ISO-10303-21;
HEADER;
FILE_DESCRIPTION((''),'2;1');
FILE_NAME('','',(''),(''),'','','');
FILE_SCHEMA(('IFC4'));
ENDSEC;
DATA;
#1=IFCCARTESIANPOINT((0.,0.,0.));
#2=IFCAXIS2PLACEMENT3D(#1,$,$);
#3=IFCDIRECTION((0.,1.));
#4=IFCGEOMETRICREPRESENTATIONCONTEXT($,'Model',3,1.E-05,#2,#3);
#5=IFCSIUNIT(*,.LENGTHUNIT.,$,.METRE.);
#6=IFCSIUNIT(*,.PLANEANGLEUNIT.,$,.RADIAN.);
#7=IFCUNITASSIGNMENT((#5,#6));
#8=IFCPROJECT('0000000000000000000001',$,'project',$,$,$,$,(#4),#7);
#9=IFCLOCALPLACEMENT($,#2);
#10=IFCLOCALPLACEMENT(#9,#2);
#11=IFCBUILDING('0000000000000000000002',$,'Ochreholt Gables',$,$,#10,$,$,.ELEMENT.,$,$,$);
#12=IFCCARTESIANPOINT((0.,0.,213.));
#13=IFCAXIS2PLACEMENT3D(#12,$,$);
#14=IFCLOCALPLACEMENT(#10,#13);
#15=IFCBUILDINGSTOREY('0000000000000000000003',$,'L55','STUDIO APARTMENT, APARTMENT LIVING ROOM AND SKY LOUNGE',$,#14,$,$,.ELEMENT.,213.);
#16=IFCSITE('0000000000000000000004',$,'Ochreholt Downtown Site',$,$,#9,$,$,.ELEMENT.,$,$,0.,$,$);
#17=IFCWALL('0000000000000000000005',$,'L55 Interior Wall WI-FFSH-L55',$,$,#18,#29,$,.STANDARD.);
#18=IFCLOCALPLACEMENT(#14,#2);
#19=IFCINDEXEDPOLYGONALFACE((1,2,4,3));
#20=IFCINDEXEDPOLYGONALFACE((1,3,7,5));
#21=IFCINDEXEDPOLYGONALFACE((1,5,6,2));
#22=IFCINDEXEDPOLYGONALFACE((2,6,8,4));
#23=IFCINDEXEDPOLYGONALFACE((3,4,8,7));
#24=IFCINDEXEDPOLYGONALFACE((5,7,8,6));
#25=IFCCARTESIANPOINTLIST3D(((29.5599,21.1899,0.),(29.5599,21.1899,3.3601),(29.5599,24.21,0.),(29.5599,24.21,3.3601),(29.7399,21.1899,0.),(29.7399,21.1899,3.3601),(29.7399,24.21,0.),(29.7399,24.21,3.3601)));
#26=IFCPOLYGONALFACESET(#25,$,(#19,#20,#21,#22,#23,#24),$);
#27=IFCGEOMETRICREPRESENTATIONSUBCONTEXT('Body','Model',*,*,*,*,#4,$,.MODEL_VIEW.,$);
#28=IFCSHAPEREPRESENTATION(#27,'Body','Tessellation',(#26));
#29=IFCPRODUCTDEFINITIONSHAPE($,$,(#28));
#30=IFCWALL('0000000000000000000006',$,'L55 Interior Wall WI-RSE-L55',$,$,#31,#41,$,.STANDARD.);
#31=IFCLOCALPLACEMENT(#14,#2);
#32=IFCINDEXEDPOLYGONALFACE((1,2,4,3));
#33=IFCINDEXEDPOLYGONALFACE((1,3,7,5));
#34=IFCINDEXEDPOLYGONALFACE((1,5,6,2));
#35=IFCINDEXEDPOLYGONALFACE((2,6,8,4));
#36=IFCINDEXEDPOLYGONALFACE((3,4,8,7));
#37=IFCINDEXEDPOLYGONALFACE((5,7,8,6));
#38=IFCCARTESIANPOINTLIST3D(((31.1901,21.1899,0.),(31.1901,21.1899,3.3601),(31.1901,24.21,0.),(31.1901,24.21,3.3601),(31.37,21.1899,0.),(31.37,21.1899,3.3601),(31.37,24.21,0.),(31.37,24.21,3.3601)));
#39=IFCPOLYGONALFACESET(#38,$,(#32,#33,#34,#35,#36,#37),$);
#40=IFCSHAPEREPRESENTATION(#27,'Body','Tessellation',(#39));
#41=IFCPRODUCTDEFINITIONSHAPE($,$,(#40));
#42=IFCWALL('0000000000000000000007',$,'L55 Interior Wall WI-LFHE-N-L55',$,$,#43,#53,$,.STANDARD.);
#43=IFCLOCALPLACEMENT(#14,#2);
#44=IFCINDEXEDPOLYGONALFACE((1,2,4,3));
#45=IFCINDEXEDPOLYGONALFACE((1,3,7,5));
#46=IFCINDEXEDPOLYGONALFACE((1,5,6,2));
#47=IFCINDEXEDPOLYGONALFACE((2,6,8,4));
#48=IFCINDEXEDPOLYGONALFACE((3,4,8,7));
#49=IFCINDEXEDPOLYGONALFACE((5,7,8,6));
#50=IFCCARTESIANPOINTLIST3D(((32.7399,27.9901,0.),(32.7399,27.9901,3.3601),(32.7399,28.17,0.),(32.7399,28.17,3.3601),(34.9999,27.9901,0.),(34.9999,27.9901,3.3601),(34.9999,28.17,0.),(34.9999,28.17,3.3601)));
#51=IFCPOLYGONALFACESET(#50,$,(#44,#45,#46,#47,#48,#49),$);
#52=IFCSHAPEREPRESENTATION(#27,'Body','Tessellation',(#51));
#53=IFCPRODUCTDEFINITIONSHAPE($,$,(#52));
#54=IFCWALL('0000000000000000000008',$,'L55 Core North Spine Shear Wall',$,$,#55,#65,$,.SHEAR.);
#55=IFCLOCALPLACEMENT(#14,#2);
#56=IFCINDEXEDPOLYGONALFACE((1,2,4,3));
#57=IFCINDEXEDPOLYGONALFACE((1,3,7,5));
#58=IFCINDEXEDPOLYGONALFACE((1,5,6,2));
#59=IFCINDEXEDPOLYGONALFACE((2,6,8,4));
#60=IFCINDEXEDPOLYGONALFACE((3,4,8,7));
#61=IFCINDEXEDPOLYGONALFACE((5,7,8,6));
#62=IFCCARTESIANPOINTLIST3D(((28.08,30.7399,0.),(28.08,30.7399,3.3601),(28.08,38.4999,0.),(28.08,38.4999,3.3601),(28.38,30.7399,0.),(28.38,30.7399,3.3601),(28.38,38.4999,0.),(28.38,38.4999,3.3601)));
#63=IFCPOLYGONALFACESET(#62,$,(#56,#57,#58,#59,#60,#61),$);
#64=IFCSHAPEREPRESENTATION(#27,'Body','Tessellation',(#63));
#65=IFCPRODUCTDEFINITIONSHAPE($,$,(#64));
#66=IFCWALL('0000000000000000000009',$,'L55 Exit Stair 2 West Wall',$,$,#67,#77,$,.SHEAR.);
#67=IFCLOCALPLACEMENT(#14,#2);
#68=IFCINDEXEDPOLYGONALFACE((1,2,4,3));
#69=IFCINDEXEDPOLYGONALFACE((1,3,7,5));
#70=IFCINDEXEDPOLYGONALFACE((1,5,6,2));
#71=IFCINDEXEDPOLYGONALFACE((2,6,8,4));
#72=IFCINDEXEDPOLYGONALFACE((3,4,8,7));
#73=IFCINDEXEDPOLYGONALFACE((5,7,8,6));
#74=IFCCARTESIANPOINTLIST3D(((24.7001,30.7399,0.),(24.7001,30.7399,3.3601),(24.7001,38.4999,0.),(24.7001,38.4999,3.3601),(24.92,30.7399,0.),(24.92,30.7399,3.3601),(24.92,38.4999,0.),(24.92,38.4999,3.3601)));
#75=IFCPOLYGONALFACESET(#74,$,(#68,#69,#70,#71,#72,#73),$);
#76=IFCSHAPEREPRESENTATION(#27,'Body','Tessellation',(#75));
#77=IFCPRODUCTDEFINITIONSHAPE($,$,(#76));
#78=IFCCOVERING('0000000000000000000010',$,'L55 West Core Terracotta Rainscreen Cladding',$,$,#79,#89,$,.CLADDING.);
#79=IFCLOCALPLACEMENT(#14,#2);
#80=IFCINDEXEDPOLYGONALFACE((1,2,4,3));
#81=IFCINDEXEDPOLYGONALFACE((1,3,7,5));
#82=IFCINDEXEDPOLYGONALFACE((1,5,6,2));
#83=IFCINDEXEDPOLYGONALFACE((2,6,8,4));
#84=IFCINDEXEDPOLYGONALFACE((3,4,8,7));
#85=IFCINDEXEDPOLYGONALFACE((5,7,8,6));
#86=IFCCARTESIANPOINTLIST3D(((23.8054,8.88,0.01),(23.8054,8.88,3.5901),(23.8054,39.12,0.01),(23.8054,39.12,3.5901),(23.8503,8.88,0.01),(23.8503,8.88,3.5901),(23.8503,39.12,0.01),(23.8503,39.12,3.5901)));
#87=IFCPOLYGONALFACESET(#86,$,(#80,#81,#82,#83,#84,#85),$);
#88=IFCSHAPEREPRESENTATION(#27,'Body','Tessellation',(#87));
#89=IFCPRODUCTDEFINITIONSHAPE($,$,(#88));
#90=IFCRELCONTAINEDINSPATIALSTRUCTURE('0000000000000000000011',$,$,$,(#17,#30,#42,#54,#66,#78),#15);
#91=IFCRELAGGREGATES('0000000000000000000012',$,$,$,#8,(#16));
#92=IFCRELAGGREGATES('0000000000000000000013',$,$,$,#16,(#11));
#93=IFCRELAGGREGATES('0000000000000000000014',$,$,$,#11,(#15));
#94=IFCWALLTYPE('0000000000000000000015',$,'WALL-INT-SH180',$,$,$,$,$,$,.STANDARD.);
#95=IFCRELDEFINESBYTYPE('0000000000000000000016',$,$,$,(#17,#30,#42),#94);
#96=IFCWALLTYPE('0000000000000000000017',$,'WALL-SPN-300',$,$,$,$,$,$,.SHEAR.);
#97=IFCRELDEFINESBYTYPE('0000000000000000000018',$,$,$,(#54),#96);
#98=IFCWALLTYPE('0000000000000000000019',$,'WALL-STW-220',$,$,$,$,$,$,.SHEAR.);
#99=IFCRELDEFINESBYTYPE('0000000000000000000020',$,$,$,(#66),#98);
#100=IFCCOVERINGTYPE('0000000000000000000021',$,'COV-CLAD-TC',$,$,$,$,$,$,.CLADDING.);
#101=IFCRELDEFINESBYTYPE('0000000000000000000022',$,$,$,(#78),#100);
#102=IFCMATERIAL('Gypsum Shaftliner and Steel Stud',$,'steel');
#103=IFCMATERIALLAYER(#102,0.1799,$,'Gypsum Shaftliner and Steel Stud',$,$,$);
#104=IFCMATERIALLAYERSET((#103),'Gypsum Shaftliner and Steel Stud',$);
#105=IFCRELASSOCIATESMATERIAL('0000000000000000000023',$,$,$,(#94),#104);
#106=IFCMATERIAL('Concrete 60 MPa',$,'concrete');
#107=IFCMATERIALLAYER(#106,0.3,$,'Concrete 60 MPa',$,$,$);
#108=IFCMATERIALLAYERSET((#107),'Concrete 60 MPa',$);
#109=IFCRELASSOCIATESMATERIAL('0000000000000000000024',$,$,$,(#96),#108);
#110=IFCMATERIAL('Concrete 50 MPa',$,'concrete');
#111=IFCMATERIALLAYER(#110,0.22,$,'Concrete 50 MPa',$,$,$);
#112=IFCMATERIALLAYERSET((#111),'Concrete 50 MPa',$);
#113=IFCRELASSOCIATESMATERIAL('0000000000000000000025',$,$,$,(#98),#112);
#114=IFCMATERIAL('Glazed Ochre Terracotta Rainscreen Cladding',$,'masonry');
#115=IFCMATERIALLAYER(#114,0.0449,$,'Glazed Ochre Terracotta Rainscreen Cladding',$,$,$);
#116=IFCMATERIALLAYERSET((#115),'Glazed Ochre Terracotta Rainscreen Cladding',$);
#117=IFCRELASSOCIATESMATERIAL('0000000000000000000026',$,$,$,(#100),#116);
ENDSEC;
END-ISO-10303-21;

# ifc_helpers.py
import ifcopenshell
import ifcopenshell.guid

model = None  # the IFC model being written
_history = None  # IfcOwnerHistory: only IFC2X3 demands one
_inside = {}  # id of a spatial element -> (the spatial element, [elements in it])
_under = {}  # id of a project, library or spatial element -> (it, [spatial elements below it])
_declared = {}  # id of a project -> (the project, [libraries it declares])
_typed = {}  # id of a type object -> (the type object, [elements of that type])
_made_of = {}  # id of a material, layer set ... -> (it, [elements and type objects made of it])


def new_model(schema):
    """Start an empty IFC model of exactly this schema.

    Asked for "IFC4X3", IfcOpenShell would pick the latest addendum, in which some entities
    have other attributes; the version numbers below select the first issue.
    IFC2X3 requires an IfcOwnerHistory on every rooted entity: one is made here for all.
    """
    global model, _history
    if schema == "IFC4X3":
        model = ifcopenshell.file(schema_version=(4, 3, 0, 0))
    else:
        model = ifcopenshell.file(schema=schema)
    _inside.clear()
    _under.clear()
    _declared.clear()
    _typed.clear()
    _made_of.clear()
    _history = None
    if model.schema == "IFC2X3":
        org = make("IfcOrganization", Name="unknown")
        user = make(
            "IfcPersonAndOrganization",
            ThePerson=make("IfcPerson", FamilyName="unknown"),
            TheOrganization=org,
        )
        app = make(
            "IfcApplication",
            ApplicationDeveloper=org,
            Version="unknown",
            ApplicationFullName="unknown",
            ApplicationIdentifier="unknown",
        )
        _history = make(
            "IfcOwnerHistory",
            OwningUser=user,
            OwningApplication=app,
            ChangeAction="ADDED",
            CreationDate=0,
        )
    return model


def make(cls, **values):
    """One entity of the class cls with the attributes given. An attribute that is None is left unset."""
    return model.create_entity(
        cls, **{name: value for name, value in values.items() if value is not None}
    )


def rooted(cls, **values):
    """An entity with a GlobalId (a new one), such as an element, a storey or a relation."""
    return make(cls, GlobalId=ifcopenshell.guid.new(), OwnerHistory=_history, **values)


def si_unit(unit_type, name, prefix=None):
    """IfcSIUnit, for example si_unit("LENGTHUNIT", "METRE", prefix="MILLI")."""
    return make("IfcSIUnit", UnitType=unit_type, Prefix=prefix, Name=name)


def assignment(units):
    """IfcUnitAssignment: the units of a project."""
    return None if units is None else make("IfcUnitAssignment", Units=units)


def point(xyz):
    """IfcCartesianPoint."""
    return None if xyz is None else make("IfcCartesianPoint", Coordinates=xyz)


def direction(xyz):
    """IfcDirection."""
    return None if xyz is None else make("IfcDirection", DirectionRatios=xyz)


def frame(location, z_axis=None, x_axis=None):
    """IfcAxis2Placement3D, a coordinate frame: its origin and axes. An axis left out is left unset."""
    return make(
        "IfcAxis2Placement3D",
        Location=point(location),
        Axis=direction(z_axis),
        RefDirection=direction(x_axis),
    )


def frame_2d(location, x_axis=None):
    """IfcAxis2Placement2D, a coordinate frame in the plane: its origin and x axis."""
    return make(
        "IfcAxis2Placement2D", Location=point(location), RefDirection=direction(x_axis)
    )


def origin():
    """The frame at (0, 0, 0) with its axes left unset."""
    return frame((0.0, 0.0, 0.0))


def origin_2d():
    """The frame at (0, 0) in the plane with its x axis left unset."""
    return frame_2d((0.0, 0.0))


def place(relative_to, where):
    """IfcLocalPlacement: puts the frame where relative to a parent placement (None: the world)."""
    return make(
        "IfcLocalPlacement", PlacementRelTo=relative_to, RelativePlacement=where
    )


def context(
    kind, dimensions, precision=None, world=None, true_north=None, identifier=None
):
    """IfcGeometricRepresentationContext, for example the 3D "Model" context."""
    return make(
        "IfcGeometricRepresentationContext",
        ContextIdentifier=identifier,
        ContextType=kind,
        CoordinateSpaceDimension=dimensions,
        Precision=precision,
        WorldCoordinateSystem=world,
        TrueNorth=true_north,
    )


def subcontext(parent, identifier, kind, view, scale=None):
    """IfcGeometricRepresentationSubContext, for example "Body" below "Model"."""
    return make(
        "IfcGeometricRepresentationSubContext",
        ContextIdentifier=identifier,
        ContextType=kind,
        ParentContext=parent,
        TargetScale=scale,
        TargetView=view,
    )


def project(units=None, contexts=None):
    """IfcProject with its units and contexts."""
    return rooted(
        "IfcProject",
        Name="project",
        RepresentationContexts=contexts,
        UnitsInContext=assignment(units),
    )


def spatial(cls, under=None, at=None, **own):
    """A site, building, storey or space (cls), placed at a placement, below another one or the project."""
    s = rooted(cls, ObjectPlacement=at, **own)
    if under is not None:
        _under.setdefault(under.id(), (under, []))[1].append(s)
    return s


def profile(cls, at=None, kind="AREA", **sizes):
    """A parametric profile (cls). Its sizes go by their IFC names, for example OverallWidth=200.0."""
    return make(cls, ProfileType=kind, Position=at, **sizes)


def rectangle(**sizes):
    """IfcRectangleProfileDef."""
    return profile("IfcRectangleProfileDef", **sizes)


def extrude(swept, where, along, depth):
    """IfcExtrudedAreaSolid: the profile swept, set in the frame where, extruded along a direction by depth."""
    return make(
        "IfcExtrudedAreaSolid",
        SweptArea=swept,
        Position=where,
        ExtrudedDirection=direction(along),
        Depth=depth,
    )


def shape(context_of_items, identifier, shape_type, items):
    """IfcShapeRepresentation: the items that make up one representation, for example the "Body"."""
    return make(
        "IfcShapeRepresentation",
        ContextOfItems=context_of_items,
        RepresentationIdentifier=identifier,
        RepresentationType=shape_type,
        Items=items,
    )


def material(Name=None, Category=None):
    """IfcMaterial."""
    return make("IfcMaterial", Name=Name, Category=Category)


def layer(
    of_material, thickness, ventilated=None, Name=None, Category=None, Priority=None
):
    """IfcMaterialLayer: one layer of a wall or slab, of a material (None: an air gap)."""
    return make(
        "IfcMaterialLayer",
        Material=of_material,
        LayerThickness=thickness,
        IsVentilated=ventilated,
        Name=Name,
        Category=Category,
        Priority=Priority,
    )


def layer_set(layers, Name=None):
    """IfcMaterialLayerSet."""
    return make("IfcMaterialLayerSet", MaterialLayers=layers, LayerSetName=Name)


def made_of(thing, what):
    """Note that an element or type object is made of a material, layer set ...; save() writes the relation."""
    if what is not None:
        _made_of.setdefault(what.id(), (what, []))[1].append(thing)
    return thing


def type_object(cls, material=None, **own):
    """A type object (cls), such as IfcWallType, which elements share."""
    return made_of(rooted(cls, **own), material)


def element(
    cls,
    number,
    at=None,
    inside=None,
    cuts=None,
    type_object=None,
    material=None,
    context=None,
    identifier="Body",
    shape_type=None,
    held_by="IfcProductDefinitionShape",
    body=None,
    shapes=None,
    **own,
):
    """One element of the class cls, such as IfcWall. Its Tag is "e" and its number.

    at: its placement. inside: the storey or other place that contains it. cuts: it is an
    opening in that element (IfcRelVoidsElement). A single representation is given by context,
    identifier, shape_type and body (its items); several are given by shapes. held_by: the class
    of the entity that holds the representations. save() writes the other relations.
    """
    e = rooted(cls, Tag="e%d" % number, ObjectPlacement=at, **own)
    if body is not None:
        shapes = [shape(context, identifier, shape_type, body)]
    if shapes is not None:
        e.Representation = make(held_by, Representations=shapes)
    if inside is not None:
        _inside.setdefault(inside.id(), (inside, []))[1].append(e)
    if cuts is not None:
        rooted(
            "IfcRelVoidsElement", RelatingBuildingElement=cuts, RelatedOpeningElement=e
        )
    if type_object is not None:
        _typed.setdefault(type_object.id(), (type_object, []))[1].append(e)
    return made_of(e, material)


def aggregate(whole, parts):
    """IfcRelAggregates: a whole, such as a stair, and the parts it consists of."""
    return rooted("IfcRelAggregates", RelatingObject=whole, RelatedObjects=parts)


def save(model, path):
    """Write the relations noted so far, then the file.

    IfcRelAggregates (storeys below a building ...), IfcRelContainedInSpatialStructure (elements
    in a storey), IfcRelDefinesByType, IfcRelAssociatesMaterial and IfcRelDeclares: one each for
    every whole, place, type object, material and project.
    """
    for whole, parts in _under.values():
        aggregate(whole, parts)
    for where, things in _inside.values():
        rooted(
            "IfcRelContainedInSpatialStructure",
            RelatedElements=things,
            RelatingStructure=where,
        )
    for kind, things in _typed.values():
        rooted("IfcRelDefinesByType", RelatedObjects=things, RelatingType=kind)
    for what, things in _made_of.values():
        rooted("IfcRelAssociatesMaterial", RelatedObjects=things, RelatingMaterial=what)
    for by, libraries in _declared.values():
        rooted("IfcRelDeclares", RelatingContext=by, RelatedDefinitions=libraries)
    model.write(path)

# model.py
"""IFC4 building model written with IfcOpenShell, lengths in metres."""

from ifc_helpers import new_model, si_unit, direction, frame, frame_2d, origin, origin_2d, place, context, subcontext, project, spatial, rectangle, extrude, material, layer, layer_set, type_object, element, save


model = new_model("IFC4")

# Units and contexts
model_context = context("Model", 3, precision=1e-05, world=origin(), true_north=direction((0.0, 1.0)))
body_context = subcontext(model_context, "Body", "Model", "MODEL_VIEW")
ifc_project = project(units=[si_unit("LENGTHUNIT", "METRE"), si_unit("PLANEANGLEUNIT", "RADIAN")], contexts=[model_context])

# Site, building, storey
site_placement = place(None, origin())
site = spatial("IfcSite", under=ifc_project, at=site_placement, Name="Ochreholt Downtown Site", CompositionType="ELEMENT", RefElevation=0.0)
building_placement = place(site_placement, origin())
building = spatial("IfcBuilding", under=site, at=building_placement, Name="Ochreholt Gables", CompositionType="ELEMENT")
storey_placement = place(building_placement, frame((0.0, 0.0, 213.0)))
storey = spatial("IfcBuildingStorey", under=building, at=storey_placement, Name="L55", Description="STUDIO APARTMENT, APARTMENT LIVING ROOM AND SKY LOUNGE", CompositionType="ELEMENT", Elevation=213.0)

# Shared definitions
ifc_material_1 = material(Name="Concrete 50 MPa", Category="concrete")

# Walls
ifc_material_2 = material(Name="Gypsum Shaftliner and Steel Stud", Category="steel")
ifc_layer_1 = layer(ifc_material_2, 0.1799, Name="Gypsum Shaftliner and Steel Stud")
ifc_layer_set_1 = layer_set([ifc_layer_1], Name="Gypsum Shaftliner and Steel Stud")
wall_type_1 = type_object("IfcWallType", Name="WALL-INT-SH180", PredefinedType="STANDARD", material=ifc_layer_set_1)
for number, where, z_axis, x_axis, name in (
    (1, (29.6499, 21.1899, 0.0), (0.0, 0.0, 1.0), (0.0, 1.0, 0.0), "L55 Interior Wall WI-FFSH-L55"),
    (2, (31.28, 21.1899, 0.0), (0.0, 0.0, 1.0), (0.0, 1.0, 0.0), "L55 Interior Wall WI-RSE-L55"),
):
    element("IfcWall", number, at=place(storey_placement, frame(where, z_axis=z_axis, x_axis=x_axis)), inside=storey, type_object=wall_type_1, Name=name, PredefinedType="STANDARD", context=body_context, shape_type="SweptSolid", body=[
        extrude(rectangle(XDim=3.02, YDim=0.1799, at=frame_2d((1.51, 0.0))), origin(), (0.0, 0.0, 1.0), 3.3601),
    ])
wall_1_placement = place(storey_placement, frame((32.74, 28.0801, 0.0), z_axis=(0.0, 0.0, 1.0), x_axis=(1.0, 0.0, 0.0)))
element("IfcWall", 3, at=wall_1_placement, inside=storey, type_object=wall_type_1, Name="L55 Interior Wall WI-LFHE-N-L55", PredefinedType="STANDARD", context=body_context, shape_type="SweptSolid", body=[
    extrude(rectangle(XDim=2.26, YDim=0.1799, at=frame_2d((1.1299, 0.0))), origin(), (0.0, 0.0, 1.0), 3.3601),
])
ifc_material_3 = material(Name="Concrete 60 MPa", Category="concrete")
ifc_layer_2 = layer(ifc_material_3, 0.3, Name="Concrete 60 MPa")
ifc_layer_set_2 = layer_set([ifc_layer_2], Name="Concrete 60 MPa")
wall_type_2 = type_object("IfcWallType", Name="WALL-SPN-300", PredefinedType="SHEAR", material=ifc_layer_set_2)
wall_2_placement = place(storey_placement, frame((28.23, 30.74, 0.0), z_axis=(0.0, 0.0, 1.0), x_axis=(0.0, 1.0, 0.0)))
element("IfcWall", 4, at=wall_2_placement, inside=storey, type_object=wall_type_2, Name="L55 Core North Spine Shear Wall", PredefinedType="SHEAR", context=body_context, shape_type="SweptSolid", body=[
    extrude(rectangle(XDim=7.76, YDim=0.3, at=frame_2d((3.8799, 0.0))), origin(), (0.0, 0.0, 1.0), 3.3601),
])
ifc_layer_3 = layer(ifc_material_1, 0.22, Name="Concrete 50 MPa")
ifc_layer_set_3 = layer_set([ifc_layer_3], Name="Concrete 50 MPa")
wall_type_3 = type_object("IfcWallType", Name="WALL-STW-220", PredefinedType="SHEAR", material=ifc_layer_set_3)
wall_3_placement = place(storey_placement, frame((24.8101, 30.74, 0.0), z_axis=(0.0, 0.0, 1.0), x_axis=(0.0, 1.0, 0.0)))
element("IfcWall", 5, at=wall_3_placement, inside=storey, type_object=wall_type_3, Name="L55 Exit Stair 2 West Wall", PredefinedType="SHEAR", context=body_context, shape_type="SweptSolid", body=[
    extrude(rectangle(XDim=7.76, YDim=0.22, at=frame_2d((3.8799, 0.0))), origin(), (0.0, 0.0, 1.0), 3.3601),
])

# Covering
ifc_material_4 = material(Name="Glazed Ochre Terracotta Rainscreen Cladding", Category="masonry")
ifc_layer_4 = layer(ifc_material_4, 0.0449, Name="Glazed Ochre Terracotta Rainscreen Cladding")
ifc_layer_set_4 = layer_set([ifc_layer_4], Name="Glazed Ochre Terracotta Rainscreen Cladding")
covering_type = type_object("IfcCoveringType", Name="COV-CLAD-TC", PredefinedType="CLADDING", material=ifc_layer_set_4)
covering_placement = place(storey_placement, frame((23.8279, 24.0, 0.01), z_axis=(0.0, 0.0, 1.0), x_axis=(0.0, 1.0, 0.0)))
element("IfcCovering", 6, at=covering_placement, inside=storey, type_object=covering_type, Name="L55 West Core Terracotta Rainscreen Cladding", PredefinedType="CLADDING", context=body_context, shape_type="SweptSolid", body=[
    extrude(rectangle(XDim=30.24, YDim=0.0449, at=origin_2d()), origin(), (0.0, 0.0, 1.0), 3.5801),
])

save(model, "model.ifc")
